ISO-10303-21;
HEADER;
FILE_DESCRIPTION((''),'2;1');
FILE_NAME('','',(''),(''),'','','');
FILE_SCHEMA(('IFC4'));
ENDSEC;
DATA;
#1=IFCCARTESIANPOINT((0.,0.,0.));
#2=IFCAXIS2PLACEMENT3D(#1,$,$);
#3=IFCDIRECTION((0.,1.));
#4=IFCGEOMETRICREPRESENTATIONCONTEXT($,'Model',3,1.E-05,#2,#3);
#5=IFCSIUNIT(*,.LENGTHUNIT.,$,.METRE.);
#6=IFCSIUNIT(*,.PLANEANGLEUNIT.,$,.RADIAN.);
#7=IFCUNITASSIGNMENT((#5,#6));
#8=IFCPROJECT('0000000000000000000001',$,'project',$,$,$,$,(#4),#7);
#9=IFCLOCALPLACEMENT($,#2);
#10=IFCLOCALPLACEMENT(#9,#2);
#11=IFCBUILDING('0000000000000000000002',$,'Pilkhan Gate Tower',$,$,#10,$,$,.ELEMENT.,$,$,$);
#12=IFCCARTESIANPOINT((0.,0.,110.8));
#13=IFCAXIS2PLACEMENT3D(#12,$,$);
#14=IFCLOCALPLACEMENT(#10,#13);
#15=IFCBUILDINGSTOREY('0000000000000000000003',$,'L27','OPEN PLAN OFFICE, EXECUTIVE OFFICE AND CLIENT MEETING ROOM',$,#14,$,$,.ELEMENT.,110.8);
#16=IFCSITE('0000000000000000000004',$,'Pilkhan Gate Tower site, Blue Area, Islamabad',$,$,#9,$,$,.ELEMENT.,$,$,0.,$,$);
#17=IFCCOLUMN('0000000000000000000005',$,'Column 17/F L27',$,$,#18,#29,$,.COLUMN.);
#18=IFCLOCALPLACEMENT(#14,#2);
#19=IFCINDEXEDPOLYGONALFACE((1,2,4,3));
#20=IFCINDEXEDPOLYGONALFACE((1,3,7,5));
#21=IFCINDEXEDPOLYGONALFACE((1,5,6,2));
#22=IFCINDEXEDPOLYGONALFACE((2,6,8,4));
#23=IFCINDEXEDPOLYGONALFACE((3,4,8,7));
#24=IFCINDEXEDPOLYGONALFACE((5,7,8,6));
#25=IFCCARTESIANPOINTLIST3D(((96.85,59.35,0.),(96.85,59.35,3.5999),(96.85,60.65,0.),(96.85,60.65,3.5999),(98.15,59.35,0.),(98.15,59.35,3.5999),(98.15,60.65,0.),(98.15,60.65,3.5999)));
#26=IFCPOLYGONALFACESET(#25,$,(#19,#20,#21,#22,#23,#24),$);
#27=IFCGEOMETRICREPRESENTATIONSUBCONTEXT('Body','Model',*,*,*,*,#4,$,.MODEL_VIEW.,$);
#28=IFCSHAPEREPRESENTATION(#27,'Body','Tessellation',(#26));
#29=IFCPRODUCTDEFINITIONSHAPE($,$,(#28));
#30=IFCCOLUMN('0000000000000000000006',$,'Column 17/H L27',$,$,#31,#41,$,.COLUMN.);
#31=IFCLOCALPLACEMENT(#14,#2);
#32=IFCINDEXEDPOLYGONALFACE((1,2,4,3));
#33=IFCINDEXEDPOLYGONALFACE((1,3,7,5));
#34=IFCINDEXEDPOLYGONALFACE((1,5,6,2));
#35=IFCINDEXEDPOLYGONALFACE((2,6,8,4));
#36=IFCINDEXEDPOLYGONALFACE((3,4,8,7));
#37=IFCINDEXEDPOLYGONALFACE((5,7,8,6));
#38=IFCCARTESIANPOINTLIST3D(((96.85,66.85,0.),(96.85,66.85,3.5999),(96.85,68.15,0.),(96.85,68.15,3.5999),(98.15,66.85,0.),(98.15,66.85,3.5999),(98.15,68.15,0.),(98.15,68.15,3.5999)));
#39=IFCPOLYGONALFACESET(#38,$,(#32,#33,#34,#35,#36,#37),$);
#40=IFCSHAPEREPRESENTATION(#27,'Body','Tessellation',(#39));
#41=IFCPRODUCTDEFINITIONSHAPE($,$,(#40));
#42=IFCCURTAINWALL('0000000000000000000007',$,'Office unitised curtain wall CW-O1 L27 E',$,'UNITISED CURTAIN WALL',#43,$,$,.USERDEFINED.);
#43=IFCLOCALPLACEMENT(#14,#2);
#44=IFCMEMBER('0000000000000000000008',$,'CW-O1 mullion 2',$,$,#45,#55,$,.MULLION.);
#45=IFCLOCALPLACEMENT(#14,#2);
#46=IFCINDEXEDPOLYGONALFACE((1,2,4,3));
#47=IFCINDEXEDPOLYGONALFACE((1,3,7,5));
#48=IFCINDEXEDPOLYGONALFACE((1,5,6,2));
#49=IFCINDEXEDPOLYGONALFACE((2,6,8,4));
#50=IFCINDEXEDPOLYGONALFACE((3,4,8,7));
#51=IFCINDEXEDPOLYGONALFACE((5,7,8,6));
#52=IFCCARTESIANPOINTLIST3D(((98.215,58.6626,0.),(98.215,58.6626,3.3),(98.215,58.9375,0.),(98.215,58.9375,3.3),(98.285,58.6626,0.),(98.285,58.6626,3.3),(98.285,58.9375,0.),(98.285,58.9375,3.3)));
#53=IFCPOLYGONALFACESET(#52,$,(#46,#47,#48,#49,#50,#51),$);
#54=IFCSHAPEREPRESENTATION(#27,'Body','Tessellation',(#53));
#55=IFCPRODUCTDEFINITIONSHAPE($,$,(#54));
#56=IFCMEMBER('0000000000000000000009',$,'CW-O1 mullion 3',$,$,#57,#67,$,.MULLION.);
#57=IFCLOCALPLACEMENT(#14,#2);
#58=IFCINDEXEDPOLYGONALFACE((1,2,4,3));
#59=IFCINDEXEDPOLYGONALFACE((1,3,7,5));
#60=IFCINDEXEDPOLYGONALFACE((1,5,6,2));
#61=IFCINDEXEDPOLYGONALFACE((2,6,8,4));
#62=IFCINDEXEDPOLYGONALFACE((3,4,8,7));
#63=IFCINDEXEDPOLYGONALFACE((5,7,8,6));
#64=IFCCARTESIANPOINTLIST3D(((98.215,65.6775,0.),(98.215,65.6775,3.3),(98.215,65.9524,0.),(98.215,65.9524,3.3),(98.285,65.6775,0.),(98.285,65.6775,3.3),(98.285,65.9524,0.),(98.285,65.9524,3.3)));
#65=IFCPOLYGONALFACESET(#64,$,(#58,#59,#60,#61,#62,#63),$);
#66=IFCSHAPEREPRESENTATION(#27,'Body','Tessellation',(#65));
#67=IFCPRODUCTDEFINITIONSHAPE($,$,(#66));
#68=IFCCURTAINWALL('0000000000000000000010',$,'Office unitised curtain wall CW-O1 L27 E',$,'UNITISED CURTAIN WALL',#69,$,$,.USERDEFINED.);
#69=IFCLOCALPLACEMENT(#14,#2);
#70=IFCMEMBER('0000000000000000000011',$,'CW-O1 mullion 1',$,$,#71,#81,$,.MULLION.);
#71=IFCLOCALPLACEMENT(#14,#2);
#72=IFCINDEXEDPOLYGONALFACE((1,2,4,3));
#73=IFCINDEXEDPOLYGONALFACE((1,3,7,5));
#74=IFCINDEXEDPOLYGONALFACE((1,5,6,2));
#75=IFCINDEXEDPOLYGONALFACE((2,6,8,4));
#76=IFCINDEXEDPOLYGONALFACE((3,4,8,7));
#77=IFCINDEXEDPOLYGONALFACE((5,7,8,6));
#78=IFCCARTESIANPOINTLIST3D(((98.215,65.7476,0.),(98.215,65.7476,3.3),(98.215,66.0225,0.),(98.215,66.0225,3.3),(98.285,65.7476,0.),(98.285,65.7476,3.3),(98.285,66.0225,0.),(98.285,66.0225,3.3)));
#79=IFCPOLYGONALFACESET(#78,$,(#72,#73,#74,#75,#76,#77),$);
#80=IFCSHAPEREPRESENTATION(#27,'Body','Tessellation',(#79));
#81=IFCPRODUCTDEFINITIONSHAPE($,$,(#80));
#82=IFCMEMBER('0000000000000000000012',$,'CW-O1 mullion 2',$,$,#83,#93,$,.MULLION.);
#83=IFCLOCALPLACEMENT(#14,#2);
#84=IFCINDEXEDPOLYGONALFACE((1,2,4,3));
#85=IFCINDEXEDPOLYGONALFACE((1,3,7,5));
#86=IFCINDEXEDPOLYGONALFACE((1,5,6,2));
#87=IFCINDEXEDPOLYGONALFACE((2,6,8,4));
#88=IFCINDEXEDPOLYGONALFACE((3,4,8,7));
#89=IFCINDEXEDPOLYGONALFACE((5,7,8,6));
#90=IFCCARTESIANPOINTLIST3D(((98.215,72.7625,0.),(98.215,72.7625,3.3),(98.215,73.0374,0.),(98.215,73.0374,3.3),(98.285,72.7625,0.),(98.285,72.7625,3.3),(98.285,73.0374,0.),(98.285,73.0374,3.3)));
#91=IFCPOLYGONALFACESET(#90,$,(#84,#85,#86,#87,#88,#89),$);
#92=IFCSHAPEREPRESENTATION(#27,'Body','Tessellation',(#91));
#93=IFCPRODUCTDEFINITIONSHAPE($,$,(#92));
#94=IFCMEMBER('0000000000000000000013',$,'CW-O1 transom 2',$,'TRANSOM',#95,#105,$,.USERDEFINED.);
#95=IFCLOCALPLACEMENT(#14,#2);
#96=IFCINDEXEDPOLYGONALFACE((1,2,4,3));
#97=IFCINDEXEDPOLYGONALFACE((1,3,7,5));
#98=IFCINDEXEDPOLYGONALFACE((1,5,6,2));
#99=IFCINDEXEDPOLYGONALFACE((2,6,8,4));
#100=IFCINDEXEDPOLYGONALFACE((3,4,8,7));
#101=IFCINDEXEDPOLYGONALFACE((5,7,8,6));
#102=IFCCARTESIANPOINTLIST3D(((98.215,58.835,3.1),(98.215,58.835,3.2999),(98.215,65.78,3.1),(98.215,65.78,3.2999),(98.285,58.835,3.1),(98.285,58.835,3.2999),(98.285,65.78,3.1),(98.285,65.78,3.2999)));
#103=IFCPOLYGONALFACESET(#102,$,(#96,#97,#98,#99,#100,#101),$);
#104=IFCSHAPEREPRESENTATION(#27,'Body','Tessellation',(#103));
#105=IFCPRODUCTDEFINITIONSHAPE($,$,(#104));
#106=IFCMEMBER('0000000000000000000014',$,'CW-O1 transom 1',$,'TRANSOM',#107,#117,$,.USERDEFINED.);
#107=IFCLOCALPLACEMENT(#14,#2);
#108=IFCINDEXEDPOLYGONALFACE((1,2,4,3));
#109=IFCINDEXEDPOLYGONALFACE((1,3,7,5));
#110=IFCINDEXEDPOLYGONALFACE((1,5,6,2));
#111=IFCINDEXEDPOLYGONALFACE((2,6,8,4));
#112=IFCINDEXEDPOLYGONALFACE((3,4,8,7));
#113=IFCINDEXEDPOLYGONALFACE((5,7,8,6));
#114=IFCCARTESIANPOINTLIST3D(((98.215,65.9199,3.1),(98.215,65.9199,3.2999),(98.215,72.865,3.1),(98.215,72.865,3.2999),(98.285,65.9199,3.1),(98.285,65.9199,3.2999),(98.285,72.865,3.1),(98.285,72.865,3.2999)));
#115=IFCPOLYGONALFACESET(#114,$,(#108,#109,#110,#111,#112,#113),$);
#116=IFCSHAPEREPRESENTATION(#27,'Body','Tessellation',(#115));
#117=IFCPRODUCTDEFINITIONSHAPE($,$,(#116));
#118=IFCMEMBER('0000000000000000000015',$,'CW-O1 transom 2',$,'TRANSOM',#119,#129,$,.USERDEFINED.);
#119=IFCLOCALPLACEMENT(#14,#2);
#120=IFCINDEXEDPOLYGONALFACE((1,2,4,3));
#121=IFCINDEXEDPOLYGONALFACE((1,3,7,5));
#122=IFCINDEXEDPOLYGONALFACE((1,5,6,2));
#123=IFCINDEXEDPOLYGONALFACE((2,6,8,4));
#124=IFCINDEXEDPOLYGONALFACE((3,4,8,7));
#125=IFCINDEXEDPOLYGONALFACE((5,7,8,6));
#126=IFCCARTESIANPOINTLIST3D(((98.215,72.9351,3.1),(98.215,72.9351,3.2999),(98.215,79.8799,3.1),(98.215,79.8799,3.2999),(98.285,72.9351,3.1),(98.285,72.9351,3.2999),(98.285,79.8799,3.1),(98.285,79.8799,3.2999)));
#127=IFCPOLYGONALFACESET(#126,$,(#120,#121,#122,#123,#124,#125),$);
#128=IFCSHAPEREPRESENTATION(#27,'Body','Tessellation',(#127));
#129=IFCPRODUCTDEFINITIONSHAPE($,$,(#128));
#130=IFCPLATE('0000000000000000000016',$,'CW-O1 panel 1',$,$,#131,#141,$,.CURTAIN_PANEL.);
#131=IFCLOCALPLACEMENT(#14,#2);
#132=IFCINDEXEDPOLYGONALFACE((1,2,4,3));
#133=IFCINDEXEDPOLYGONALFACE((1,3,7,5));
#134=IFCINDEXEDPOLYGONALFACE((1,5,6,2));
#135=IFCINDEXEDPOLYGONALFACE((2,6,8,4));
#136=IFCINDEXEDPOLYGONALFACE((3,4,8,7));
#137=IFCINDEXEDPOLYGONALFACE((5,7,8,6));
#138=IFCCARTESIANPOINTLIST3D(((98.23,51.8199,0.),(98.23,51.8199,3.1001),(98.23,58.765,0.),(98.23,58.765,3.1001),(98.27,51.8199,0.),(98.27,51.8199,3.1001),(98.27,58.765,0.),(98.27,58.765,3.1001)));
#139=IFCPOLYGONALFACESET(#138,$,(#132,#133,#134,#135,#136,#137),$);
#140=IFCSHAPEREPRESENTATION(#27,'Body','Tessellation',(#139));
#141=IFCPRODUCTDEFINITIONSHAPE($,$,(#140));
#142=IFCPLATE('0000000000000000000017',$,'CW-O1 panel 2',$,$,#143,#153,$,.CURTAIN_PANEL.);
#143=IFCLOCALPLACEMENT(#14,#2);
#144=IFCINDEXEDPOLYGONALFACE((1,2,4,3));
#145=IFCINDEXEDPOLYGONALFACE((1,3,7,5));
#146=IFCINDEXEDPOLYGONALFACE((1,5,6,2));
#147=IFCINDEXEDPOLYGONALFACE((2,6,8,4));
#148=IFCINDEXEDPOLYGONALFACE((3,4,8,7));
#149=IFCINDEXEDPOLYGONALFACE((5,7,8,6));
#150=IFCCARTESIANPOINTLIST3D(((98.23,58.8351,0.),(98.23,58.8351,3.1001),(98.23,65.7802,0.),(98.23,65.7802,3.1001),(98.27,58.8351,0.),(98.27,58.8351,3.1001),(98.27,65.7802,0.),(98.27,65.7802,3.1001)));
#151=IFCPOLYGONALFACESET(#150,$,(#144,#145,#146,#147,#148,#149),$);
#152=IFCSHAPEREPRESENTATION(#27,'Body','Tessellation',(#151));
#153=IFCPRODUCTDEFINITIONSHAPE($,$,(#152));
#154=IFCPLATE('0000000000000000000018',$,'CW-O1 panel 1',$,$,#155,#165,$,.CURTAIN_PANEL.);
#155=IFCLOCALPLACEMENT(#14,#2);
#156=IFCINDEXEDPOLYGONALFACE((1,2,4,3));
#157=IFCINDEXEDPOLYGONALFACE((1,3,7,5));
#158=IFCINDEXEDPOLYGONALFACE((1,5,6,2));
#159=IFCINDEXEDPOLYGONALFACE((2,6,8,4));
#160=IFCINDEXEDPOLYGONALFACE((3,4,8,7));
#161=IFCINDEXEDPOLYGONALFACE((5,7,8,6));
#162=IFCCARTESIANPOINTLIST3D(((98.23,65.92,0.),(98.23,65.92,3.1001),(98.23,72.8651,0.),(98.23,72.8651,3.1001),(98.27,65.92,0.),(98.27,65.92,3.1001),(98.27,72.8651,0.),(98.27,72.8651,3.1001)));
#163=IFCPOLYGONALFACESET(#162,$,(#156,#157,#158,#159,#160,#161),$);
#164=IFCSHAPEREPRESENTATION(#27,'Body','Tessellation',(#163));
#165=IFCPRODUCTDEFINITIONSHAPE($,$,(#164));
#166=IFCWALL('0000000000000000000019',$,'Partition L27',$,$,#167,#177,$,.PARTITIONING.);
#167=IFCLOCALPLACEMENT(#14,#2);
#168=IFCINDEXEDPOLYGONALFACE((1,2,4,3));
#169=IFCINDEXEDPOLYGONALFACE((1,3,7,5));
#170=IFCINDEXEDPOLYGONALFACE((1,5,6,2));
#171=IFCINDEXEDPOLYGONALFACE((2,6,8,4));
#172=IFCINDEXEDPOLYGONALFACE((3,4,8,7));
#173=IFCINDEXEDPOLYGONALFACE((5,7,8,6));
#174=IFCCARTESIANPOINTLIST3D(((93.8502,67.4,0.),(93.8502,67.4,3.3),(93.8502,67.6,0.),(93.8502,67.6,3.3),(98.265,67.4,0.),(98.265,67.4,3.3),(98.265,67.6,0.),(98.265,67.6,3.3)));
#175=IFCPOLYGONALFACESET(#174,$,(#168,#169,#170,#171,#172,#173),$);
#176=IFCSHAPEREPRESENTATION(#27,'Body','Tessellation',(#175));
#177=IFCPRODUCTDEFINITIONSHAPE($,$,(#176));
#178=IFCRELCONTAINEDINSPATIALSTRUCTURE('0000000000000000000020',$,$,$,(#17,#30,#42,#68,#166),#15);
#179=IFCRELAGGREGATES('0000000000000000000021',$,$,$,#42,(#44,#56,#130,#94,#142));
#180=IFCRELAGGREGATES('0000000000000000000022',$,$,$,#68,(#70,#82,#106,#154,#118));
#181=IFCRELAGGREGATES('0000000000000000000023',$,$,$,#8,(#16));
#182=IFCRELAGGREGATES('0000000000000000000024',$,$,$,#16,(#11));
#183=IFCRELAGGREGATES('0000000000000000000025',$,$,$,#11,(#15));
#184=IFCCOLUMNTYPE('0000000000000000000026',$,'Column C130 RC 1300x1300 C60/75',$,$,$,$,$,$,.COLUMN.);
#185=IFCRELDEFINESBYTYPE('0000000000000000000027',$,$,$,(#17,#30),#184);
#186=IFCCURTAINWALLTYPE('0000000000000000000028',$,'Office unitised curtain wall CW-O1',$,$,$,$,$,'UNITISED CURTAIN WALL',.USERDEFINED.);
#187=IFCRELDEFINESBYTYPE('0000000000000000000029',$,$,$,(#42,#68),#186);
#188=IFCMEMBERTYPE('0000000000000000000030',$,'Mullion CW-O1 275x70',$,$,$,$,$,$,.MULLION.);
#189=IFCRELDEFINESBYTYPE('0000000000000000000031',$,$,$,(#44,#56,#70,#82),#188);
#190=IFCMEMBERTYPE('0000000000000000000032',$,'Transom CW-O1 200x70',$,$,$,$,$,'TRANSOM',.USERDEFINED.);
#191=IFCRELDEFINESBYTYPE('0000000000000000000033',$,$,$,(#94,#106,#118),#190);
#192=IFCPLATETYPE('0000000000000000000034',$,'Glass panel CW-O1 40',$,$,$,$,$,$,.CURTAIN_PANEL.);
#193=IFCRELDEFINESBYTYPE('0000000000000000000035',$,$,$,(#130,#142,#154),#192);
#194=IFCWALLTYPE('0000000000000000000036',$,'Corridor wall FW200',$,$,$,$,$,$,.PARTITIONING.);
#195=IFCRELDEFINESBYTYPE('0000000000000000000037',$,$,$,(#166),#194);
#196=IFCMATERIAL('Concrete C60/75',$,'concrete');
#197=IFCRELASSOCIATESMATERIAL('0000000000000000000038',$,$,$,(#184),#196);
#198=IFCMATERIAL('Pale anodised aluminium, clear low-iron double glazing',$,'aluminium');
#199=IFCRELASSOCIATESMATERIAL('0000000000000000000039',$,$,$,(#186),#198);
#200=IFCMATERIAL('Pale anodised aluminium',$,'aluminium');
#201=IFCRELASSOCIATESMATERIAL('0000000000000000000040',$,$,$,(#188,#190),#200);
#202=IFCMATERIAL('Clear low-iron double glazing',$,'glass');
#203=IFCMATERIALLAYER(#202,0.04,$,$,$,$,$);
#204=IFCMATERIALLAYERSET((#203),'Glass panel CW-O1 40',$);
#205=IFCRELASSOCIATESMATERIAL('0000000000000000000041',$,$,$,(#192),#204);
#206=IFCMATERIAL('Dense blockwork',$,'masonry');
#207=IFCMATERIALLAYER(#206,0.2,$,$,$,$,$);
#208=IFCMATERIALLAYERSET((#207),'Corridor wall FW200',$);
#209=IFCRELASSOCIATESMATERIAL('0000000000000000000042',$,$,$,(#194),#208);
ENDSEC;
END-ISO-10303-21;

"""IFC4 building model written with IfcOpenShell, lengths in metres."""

from ifc_helpers import new_model, si_unit, direction, frame, frame_2d, origin, origin_2d, place, context, subcontext, project, spatial, rectangle, extrude, material, layer, layer_set, material_profile, profile_set, type_object, element, aggregate, save


model = new_model("IFC4")

# Units and contexts
model_context = context("Model", 3, precision=1e-05, world=origin(), true_north=direction((0.0, 1.0)))
body_context = subcontext(model_context, "Body", "Model", "MODEL_VIEW")
ifc_project = project(units=[si_unit("LENGTHUNIT", "METRE"), si_unit("PLANEANGLEUNIT", "RADIAN")], contexts=[model_context])

# Site, building, storey
site_placement = place(None, origin())
site = spatial("IfcSite", under=ifc_project, at=site_placement, Name="Pilkhan Gate Tower site, Blue Area, Islamabad", CompositionType="ELEMENT", RefElevation=0.0)
building_placement = place(site_placement, origin())
building = spatial("IfcBuilding", under=site, at=building_placement, Name="Pilkhan Gate Tower", CompositionType="ELEMENT")
storey_placement = place(building_placement, frame((0.0, 0.0, 110.8)))
storey = spatial("IfcBuildingStorey", under=building, at=storey_placement, Name="L27", Description="OPEN PLAN OFFICE, EXECUTIVE OFFICE AND CLIENT MEETING ROOM", CompositionType="ELEMENT", Elevation=110.8)

# Columns
ifc_material_1 = material(Name="Concrete C60/75", Category="concrete")
ifc_material_profile_1 = material_profile(ifc_material_1, rectangle(XDim=1.3, YDim=1.3, at=origin_2d()), Name="RC 1300x1300")
ifc_profile_set_1 = profile_set([ifc_material_profile_1], Name="Concrete C60/75")
column_type = type_object("IfcColumnType", Name="Column C130 RC 1300x1300 C60/75", PredefinedType="COLUMN", material=ifc_profile_set_1)
for number, where, z_axis, x_axis, name in (
    (1, (97.5, 60.0, 0.0), (0.0, 0.0, 1.0), (1.0, 0.0, 0.0), "Column 17/F L27"),
    (2, (97.5, 67.5, 0.0), (0.0, 0.0, 1.0), (1.0, 0.0, 0.0), "Column 17/H L27"),
):
    element("IfcColumn", number, at=place(storey_placement, frame(where, z_axis=z_axis, x_axis=x_axis)), inside=storey, type_object=column_type, Name=name, PredefinedType="COLUMN", context=body_context, shape_type="SweptSolid", body=[
        extrude(rectangle(XDim=1.3, YDim=1.3, at=origin_2d()), origin(), (0.0, 0.0, 1.0), 3.5999),
    ])

# Curtain walls, members
ifc_material_2 = material(Name="Pale anodised aluminium, clear low-iron double glazing", Category="aluminium")
curtain_wall_type = type_object("IfcCurtainWallType", Name="Office unitised curtain wall CW-O1", ElementType="UNITISED CURTAIN WALL", PredefinedType="USERDEFINED", material=ifc_material_2)
curtain_wall_1_placement = place(storey_placement, origin())
curtain_wall_1 = element("IfcCurtainWall", 3, at=curtain_wall_1_placement, inside=storey, type_object=curtain_wall_type, Name="Office unitised curtain wall CW-O1 L27 E", ObjectType="UNITISED CURTAIN WALL", PredefinedType="USERDEFINED")
ifc_material_3 = material(Name="Pale anodised aluminium", Category="aluminium")
ifc_material_profile_2 = material_profile(ifc_material_3, rectangle(XDim=0.0701, YDim=0.2749, at=origin_2d()), Name="Mullion 275x70")
ifc_profile_set_2 = profile_set([ifc_material_profile_2], Name="Pale anodised aluminium")
member_type_1 = type_object("IfcMemberType", Name="Mullion CW-O1 275x70", PredefinedType="MULLION", material=ifc_profile_set_2)
member_1_placement = place(storey_placement, frame((98.25, 58.8, 0.0), z_axis=(0.0, 0.0, 1.0), x_axis=(-1.0, 0.0, 0.0)))
member_1 = element("IfcMember", 4, at=member_1_placement, type_object=member_type_1, Name="CW-O1 mullion 2", PredefinedType="MULLION", context=body_context, shape_type="SweptSolid", body=[
    extrude(rectangle(XDim=0.0701, YDim=0.2749, at=origin_2d()), origin(), (0.0, 0.0, 1.0), 3.3),
])
member_2_placement = place(storey_placement, frame((98.25, 65.8149, 0.0), z_axis=(0.0, 0.0, 1.0), x_axis=(-1.0, 0.0, 0.0)))
member_2 = element("IfcMember", 5, at=member_2_placement, type_object=member_type_1, Name="CW-O1 mullion 3", PredefinedType="MULLION", context=body_context, shape_type="SweptSolid", body=[
    extrude(rectangle(XDim=0.0701, YDim=0.2749, at=origin_2d()), origin(), (0.0, 0.0, 1.0), 3.3),
])
curtain_wall_2_placement = place(storey_placement, origin())
curtain_wall_2 = element("IfcCurtainWall", 6, at=curtain_wall_2_placement, inside=storey, type_object=curtain_wall_type, Name="Office unitised curtain wall CW-O1 L27 E", ObjectType="UNITISED CURTAIN WALL", PredefinedType="USERDEFINED")
member_3_placement = place(storey_placement, frame((98.25, 65.885, 0.0), z_axis=(0.0, 0.0, 1.0), x_axis=(-1.0, 0.0, 0.0)))
member_3 = element("IfcMember", 7, at=member_3_placement, type_object=member_type_1, Name="CW-O1 mullion 1", PredefinedType="MULLION", context=body_context, shape_type="SweptSolid", body=[
    extrude(rectangle(XDim=0.0701, YDim=0.2749, at=origin_2d()), origin(), (0.0, 0.0, 1.0), 3.3),
])
member_4_placement = place(storey_placement, frame((98.25, 72.8999, 0.0), z_axis=(0.0, 0.0, 1.0), x_axis=(-1.0, 0.0, 0.0)))
member_4 = element("IfcMember", 8, at=member_4_placement, type_object=member_type_1, Name="CW-O1 mullion 2", PredefinedType="MULLION", context=body_context, shape_type="SweptSolid", body=[
    extrude(rectangle(XDim=0.0701, YDim=0.2749, at=origin_2d()), origin(), (0.0, 0.0, 1.0), 3.3),
])

# Members
ifc_material_profile_3 = material_profile(ifc_material_3, rectangle(XDim=0.0701, YDim=0.2, at=origin_2d()), Name="Transom 200x70")
ifc_profile_set_3 = profile_set([ifc_material_profile_3], Name="Pale anodised aluminium")
member_type_2 = type_object("IfcMemberType", Name="Transom CW-O1 200x70", ElementType="TRANSOM", PredefinedType="USERDEFINED", material=ifc_profile_set_3)
member_5_placement = place(storey_placement, frame((98.25, 58.835, 3.2), z_axis=(0.0, 1.0, 0.0), x_axis=(-1.0, 0.0, 0.0)))
member_5 = element("IfcMember", 9, at=member_5_placement, type_object=member_type_2, Name="CW-O1 transom 2", ObjectType="TRANSOM", PredefinedType="USERDEFINED", context=body_context, shape_type="SweptSolid", body=[
    extrude(rectangle(XDim=0.0701, YDim=0.2, at=origin_2d()), origin(), (0.0, 0.0, 1.0), 6.9451),
])
member_6_placement = place(storey_placement, frame((98.25, 65.9199, 3.2), z_axis=(0.0, 1.0, 0.0), x_axis=(-1.0, 0.0, 0.0)))
member_6 = element("IfcMember", 10, at=member_6_placement, type_object=member_type_2, Name="CW-O1 transom 1", ObjectType="TRANSOM", PredefinedType="USERDEFINED", context=body_context, shape_type="SweptSolid", body=[
    extrude(rectangle(XDim=0.0701, YDim=0.2, at=origin_2d()), origin(), (0.0, 0.0, 1.0), 6.9451),
])
member_7_placement = place(storey_placement, frame((98.25, 72.9351, 3.2), z_axis=(0.0, 1.0, 0.0), x_axis=(-1.0, 0.0, 0.0)))
member_7 = element("IfcMember", 11, at=member_7_placement, type_object=member_type_2, Name="CW-O1 transom 2", ObjectType="TRANSOM", PredefinedType="USERDEFINED", context=body_context, shape_type="SweptSolid", body=[
    extrude(rectangle(XDim=0.0701, YDim=0.2, at=origin_2d()), origin(), (0.0, 0.0, 1.0), 6.9448),
])

# Plates
ifc_material_4 = material(Name="Clear low-iron double glazing", Category="glass")
ifc_layer_1 = layer(ifc_material_4, 0.04)
ifc_layer_set_1 = layer_set([ifc_layer_1], Name="Glass panel CW-O1 40")
plate_type = type_object("IfcPlateType", Name="Glass panel CW-O1 40", PredefinedType="CURTAIN_PANEL", material=ifc_layer_set_1)
plate_1_placement = place(storey_placement, frame((98.25, 55.2925, 0.0), z_axis=(0.0, 0.0, 1.0), x_axis=(0.0, 1.0, 0.0)))
plate_1 = element("IfcPlate", 12, at=plate_1_placement, type_object=plate_type, Name="CW-O1 panel 1", PredefinedType="CURTAIN_PANEL", context=body_context, shape_type="SweptSolid", body=[
    extrude(rectangle(XDim=6.9451, YDim=0.04, at=origin_2d()), origin(), (0.0, 0.0, 1.0), 3.1001),
])
plate_2_placement = place(storey_placement, frame((98.25, 62.3076, 0.0), z_axis=(0.0, 0.0, 1.0), x_axis=(0.0, 1.0, 0.0)))
plate_2 = element("IfcPlate", 13, at=plate_2_placement, type_object=plate_type, Name="CW-O1 panel 2", PredefinedType="CURTAIN_PANEL", context=body_context, shape_type="SweptSolid", body=[
    extrude(rectangle(XDim=6.9451, YDim=0.04, at=origin_2d()), origin(), (0.0, 0.0, 1.0), 3.1001),
])
aggregate(curtain_wall_1, [member_1, member_2, plate_1, member_5, plate_2])
plate_3_placement = place(storey_placement, frame((98.25, 69.3926, 0.0), z_axis=(0.0, 0.0, 1.0), x_axis=(0.0, 1.0, 0.0)))
plate_3 = element("IfcPlate", 14, at=plate_3_placement, type_object=plate_type, Name="CW-O1 panel 1", PredefinedType="CURTAIN_PANEL", context=body_context, shape_type="SweptSolid", body=[
    extrude(rectangle(XDim=6.9451, YDim=0.04, at=origin_2d()), origin(), (0.0, 0.0, 1.0), 3.1001),
])
aggregate(curtain_wall_2, [member_3, member_4, member_6, plate_3, member_7])

# Wall
ifc_material_5 = material(Name="Dense blockwork", Category="masonry")
ifc_layer_2 = layer(ifc_material_5, 0.2)
ifc_layer_set_2 = layer_set([ifc_layer_2], Name="Corridor wall FW200")
wall_type_1 = type_object("IfcWallType", Name="Corridor wall FW200", PredefinedType="PARTITIONING", material=ifc_layer_set_2)
wall_1_placement = place(storey_placement, frame((93.8501, 67.5, 0.0), z_axis=(0.0, 0.0, 1.0), x_axis=(1.0, 0.0, 0.0)))
element("IfcWall", 15, at=wall_1_placement, inside=storey, type_object=wall_type_1, Name="Partition L27", PredefinedType="PARTITIONING", context=body_context, shape_type="SweptSolid", body=[
    extrude(rectangle(XDim=4.4148, YDim=0.2, at=frame_2d((2.2075, 0.0))), origin(), (0.0, 0.0, 1.0), 3.3),
])

save(model, "model.ifc")
